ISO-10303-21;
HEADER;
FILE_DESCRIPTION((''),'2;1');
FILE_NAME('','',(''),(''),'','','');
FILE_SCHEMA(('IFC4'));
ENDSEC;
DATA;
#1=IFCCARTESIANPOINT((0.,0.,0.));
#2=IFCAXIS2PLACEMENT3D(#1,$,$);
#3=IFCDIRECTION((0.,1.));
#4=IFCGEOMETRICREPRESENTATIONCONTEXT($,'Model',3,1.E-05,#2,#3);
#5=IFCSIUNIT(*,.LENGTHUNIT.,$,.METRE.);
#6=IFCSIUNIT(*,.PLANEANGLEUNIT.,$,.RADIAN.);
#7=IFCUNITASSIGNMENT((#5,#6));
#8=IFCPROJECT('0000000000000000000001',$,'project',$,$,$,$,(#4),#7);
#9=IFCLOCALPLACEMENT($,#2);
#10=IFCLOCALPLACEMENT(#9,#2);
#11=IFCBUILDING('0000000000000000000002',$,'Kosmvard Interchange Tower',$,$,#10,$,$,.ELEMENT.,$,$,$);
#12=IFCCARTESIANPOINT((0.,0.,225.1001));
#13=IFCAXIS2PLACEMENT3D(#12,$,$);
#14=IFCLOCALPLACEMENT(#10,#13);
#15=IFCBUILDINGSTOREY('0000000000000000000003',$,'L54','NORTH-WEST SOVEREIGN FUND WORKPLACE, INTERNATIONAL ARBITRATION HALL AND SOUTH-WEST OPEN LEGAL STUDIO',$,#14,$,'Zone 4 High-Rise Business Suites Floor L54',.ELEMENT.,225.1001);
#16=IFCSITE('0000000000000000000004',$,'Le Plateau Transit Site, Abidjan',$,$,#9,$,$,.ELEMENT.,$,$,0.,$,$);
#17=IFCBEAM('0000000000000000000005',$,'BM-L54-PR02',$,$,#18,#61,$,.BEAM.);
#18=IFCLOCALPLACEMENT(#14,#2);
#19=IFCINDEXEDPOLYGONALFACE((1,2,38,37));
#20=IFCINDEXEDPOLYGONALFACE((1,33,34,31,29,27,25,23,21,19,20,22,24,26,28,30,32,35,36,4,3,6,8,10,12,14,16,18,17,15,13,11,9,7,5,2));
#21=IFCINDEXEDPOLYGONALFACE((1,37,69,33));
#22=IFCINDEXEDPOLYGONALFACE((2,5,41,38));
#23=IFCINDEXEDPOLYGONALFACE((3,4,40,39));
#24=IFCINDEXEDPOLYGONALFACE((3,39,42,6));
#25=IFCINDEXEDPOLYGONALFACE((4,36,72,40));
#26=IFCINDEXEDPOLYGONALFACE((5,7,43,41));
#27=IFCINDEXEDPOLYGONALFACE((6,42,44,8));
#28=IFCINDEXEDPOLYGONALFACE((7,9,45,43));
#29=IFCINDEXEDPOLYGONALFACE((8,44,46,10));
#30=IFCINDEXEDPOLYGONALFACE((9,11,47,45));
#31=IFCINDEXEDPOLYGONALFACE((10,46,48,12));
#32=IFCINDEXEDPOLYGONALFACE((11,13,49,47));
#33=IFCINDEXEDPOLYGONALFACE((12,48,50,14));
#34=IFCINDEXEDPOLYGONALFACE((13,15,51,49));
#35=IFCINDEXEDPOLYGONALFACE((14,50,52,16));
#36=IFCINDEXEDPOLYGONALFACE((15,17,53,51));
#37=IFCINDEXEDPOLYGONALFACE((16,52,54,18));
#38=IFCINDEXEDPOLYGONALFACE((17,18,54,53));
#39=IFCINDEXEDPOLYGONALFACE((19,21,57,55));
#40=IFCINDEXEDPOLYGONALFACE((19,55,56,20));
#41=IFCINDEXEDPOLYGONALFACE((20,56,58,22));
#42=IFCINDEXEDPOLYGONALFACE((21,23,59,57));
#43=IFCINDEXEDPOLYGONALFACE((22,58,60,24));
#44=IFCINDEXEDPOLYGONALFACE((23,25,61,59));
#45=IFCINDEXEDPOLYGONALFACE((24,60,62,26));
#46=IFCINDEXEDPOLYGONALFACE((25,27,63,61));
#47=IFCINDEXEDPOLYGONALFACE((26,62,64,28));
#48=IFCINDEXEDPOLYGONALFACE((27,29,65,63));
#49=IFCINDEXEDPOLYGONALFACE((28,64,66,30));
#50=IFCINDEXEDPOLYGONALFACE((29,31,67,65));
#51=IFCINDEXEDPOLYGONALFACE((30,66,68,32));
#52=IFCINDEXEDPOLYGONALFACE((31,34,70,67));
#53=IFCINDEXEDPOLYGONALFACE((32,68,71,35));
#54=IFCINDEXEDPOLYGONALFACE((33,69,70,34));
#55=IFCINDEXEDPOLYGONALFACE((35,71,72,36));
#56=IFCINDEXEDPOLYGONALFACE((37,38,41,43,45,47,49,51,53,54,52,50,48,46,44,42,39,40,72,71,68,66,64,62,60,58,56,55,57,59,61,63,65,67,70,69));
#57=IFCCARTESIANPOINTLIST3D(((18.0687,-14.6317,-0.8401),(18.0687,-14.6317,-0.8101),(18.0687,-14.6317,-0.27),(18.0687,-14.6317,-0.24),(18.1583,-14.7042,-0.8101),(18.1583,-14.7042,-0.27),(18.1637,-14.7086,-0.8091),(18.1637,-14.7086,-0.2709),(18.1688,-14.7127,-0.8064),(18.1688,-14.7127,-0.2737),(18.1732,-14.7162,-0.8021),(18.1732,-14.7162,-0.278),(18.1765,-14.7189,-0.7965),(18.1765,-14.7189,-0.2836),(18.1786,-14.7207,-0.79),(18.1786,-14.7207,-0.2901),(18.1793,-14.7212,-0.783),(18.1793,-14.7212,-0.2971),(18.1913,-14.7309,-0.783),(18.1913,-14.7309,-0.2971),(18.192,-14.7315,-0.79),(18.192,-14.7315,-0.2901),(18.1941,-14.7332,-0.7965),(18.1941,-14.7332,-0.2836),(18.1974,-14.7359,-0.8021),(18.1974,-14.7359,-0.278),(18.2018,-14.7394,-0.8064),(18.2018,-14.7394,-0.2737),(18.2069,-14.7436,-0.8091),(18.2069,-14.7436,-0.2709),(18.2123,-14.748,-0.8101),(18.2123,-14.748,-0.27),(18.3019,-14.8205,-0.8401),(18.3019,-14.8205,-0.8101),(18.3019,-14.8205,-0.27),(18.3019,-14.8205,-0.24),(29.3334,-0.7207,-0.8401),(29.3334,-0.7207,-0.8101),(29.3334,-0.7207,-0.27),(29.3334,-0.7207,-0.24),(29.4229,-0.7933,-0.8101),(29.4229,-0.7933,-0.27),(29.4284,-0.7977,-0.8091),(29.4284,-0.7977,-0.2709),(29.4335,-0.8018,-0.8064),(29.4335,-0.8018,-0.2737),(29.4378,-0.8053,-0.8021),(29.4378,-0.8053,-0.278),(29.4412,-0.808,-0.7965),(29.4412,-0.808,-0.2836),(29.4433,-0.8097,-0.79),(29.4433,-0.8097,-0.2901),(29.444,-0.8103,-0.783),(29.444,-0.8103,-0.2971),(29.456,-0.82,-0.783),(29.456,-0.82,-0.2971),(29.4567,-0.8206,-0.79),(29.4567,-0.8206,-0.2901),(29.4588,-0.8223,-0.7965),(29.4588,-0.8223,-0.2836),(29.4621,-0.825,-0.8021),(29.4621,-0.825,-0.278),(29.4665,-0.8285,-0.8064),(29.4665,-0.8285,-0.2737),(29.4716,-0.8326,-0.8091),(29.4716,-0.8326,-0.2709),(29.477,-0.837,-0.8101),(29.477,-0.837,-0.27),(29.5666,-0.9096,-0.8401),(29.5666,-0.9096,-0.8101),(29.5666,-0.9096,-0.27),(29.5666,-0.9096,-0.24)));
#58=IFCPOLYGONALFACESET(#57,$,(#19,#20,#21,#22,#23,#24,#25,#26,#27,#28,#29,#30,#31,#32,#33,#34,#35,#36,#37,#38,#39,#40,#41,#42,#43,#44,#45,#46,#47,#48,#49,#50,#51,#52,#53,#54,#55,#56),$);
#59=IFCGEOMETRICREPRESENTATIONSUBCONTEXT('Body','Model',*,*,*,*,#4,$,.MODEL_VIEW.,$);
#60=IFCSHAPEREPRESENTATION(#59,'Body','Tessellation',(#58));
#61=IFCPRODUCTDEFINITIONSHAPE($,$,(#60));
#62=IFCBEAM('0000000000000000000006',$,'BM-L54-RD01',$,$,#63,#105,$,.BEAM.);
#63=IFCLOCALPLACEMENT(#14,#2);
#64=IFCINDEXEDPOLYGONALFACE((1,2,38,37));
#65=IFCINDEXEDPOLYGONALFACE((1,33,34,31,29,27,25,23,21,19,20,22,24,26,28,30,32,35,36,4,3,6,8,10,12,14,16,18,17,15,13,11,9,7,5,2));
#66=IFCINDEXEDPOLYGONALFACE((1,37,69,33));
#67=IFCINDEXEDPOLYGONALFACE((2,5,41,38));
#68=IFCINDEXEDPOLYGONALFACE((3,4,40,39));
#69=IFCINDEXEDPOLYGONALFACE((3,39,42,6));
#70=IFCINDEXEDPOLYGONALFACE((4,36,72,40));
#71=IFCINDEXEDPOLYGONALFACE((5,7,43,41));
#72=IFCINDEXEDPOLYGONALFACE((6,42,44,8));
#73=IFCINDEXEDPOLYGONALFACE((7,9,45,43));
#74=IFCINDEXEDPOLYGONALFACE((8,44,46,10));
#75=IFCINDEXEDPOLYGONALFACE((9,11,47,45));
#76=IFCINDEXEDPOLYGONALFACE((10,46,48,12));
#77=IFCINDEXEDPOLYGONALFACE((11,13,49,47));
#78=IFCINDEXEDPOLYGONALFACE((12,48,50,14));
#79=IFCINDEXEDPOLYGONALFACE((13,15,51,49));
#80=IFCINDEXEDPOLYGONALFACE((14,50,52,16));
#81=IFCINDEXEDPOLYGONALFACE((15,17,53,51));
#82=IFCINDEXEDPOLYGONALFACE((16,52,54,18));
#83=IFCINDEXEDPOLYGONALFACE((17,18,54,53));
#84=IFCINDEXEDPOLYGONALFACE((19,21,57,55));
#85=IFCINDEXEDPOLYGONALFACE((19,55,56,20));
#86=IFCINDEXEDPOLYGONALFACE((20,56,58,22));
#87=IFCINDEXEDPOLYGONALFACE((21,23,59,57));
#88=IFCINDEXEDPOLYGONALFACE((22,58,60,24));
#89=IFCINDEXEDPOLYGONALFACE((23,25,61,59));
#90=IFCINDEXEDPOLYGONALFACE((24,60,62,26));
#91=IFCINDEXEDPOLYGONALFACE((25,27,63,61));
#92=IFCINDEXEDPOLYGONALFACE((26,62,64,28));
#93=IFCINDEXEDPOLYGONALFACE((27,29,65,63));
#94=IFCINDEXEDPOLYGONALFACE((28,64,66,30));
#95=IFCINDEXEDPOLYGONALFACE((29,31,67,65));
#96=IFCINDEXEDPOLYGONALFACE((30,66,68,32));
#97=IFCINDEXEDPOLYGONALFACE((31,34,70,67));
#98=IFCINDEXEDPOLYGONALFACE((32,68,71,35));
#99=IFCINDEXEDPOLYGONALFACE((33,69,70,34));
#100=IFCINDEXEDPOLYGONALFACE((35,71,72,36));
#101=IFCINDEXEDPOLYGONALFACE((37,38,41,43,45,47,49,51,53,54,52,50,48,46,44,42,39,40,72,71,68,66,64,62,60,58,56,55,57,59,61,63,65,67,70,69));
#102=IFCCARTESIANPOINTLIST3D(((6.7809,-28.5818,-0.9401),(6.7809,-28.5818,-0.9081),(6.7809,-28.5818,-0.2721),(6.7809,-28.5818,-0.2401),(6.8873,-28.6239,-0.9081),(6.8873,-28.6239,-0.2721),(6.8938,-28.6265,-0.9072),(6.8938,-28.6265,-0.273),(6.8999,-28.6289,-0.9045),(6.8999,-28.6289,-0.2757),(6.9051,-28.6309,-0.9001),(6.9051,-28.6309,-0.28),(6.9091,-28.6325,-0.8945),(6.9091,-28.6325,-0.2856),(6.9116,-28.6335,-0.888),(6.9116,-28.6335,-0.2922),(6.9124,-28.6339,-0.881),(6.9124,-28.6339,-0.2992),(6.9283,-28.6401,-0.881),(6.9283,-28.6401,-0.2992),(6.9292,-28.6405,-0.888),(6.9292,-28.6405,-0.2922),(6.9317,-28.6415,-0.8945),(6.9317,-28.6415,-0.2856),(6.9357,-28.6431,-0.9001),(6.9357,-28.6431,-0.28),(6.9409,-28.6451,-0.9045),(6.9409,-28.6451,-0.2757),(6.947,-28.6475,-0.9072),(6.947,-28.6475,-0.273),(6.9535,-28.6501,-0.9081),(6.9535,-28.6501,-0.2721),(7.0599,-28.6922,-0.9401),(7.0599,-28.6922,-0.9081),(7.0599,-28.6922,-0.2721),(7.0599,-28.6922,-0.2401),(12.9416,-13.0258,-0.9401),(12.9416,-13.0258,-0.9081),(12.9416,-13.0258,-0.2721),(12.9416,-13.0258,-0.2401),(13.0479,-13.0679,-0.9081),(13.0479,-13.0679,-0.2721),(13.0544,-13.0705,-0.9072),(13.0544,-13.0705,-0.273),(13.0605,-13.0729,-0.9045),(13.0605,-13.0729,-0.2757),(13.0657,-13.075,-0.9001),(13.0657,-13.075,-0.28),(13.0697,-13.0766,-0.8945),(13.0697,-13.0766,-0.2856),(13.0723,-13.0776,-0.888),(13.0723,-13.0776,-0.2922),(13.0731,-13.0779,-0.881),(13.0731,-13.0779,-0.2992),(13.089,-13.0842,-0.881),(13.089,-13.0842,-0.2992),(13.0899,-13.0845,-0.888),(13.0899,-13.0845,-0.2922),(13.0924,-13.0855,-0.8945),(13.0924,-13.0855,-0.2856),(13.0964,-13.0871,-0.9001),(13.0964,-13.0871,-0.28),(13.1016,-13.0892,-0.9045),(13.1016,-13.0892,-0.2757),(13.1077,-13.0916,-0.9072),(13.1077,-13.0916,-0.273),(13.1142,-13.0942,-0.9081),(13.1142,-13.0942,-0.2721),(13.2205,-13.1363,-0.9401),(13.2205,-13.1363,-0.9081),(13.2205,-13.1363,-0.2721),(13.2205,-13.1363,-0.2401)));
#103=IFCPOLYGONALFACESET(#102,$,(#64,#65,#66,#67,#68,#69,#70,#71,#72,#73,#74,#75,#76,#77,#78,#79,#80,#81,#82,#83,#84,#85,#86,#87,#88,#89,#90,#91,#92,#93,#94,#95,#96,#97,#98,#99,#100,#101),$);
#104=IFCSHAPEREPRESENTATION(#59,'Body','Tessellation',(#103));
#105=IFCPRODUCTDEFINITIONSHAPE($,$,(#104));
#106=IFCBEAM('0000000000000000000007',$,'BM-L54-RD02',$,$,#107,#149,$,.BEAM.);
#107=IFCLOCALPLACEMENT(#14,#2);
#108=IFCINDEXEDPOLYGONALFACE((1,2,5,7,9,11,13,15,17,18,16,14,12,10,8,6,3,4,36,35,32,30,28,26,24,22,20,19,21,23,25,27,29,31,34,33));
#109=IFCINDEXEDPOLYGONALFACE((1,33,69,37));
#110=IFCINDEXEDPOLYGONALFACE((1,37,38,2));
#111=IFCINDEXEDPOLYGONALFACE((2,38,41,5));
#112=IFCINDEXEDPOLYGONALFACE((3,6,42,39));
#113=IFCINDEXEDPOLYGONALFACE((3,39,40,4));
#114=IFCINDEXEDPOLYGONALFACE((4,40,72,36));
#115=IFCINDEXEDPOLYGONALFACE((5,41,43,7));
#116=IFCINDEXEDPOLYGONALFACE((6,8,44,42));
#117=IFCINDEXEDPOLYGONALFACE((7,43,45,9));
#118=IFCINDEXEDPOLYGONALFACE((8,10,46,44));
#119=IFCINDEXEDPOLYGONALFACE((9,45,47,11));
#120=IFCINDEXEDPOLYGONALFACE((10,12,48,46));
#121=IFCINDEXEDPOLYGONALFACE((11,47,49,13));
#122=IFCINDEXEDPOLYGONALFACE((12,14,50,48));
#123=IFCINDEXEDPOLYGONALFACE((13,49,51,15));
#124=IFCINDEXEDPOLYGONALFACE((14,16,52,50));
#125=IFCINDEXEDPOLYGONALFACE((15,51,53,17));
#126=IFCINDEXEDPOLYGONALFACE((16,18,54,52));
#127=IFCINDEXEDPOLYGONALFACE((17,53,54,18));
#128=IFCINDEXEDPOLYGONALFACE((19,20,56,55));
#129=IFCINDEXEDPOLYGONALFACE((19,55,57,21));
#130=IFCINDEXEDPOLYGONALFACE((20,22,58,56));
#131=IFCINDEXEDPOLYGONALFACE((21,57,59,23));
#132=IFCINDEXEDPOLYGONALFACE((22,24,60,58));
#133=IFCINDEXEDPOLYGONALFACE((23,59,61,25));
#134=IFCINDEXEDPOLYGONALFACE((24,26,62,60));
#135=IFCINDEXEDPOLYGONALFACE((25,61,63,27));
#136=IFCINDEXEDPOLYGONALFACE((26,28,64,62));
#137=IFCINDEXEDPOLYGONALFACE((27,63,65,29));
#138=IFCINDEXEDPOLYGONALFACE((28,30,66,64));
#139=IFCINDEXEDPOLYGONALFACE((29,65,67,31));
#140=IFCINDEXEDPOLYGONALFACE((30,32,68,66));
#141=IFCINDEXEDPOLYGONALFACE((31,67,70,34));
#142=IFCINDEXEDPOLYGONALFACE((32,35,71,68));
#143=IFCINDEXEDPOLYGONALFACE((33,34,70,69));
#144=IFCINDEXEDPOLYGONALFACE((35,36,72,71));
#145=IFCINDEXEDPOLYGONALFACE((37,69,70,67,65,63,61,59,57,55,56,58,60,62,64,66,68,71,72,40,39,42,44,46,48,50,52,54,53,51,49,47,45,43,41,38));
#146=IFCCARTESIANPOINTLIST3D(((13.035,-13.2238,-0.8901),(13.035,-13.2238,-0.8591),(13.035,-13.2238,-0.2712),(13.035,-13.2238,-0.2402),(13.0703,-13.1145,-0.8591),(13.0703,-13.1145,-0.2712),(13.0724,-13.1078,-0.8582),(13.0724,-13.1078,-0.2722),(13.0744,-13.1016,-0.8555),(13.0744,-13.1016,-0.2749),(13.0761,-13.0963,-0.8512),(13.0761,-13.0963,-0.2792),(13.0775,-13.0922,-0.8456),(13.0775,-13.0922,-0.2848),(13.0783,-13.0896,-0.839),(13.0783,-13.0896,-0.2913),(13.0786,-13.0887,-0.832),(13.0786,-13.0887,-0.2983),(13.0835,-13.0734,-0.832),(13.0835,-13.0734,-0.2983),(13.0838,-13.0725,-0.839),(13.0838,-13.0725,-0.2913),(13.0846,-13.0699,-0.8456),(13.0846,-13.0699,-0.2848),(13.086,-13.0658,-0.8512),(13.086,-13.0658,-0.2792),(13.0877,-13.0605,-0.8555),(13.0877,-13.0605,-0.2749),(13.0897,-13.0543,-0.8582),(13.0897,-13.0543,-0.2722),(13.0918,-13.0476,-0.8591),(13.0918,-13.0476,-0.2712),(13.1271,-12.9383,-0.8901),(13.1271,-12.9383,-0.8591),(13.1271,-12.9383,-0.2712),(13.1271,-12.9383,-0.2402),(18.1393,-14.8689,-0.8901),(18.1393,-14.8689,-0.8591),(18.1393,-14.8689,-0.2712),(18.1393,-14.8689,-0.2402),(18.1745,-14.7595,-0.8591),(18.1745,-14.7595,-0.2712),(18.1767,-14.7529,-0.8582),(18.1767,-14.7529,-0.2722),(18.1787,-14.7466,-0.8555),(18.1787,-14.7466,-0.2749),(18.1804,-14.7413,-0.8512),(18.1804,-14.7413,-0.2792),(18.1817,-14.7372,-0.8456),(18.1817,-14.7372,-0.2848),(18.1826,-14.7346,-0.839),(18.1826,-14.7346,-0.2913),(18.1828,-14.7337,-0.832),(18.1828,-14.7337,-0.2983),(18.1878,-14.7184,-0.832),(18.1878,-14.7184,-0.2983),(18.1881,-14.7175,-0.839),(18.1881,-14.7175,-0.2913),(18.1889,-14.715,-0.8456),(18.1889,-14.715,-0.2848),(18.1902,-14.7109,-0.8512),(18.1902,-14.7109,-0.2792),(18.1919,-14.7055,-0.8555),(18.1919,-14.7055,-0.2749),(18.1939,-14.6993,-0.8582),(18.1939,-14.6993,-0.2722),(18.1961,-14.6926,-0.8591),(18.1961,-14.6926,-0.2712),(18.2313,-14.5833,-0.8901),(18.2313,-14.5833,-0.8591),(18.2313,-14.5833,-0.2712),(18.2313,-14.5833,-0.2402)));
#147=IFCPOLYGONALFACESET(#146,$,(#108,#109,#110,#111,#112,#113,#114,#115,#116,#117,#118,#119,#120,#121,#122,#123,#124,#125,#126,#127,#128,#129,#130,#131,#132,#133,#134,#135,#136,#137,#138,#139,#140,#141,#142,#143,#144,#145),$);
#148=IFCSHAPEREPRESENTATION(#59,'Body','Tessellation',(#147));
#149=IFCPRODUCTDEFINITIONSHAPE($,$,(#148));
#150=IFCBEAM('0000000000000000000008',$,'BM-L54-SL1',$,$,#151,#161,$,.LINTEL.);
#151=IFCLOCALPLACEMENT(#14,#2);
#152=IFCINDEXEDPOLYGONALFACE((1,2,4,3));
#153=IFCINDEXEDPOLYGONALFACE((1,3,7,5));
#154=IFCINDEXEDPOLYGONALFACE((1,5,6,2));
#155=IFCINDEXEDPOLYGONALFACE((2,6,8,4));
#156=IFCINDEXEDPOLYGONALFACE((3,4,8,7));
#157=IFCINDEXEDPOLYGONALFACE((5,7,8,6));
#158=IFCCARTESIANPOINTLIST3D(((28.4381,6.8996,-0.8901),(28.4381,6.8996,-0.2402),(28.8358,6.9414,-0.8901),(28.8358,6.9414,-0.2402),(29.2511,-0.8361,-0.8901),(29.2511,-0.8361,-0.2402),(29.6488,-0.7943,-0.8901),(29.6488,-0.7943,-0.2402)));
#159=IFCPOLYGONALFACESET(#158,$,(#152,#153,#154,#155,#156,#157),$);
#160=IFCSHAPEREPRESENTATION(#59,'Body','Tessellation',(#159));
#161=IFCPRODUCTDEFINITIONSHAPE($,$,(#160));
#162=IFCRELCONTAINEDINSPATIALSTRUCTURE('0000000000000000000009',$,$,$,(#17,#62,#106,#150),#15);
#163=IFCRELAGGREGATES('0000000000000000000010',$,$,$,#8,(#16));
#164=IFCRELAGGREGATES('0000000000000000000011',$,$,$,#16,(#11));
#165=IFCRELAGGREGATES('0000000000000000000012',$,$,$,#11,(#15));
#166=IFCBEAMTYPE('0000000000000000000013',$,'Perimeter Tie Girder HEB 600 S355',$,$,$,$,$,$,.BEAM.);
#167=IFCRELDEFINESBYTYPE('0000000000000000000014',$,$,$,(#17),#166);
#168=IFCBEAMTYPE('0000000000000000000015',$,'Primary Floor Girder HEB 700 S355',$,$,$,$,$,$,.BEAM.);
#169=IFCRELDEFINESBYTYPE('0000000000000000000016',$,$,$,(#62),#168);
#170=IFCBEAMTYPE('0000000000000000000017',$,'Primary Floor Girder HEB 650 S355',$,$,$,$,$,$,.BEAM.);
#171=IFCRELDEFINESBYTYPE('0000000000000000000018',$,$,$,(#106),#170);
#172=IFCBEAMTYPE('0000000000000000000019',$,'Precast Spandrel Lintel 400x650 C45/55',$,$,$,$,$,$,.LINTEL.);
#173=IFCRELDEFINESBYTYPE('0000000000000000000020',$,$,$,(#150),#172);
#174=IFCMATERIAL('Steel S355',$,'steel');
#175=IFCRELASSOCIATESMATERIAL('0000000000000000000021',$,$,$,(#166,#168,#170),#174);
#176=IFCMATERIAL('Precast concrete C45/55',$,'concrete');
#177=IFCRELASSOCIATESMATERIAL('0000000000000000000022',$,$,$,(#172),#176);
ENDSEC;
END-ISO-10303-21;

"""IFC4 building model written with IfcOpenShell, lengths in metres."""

from ifc_helpers import new_model, si_unit, direction, frame, origin, origin_2d, place, context, subcontext, project, spatial, rectangle, i_section, extrude, source, transform, mapped, material, material_profile, profile_set, type_object, element, save


model = new_model("IFC4")

# Units and contexts
model_context = context("Model", 3, precision=1e-05, world=origin(), true_north=direction((0.0, 1.0)))
body_context = subcontext(model_context, "Body", "Model", "MODEL_VIEW")
ifc_project = project(units=[si_unit("LENGTHUNIT", "METRE"), si_unit("PLANEANGLEUNIT", "RADIAN")], contexts=[model_context])

# Site, building, storey
site_placement = place(None, origin())
site = spatial("IfcSite", under=ifc_project, at=site_placement, Name="Le Plateau Transit Site, Abidjan", CompositionType="ELEMENT", RefElevation=0.0)
building_placement = place(site_placement, origin())
building = spatial("IfcBuilding", under=site, at=building_placement, Name="Kosmvard Interchange Tower", CompositionType="ELEMENT")
storey_placement = place(building_placement, frame((0.0, 0.0, 225.1001)))
storey = spatial("IfcBuildingStorey", under=building, at=storey_placement, Name="L54", Description="NORTH-WEST SOVEREIGN FUND WORKPLACE, INTERNATIONAL ARBITRATION HALL AND SOUTH-WEST OPEN LEGAL STUDIO", LongName="Zone 4 High-Rise Business Suites Floor L54", CompositionType="ELEMENT", Elevation=225.1001)

# Beams
ifc_material_1 = material(Name="Steel S355", Category="steel")
ifc_material_profile_1 = material_profile(ifc_material_1, i_section(OverallWidth=0.3, OverallDepth=0.6001, WebThickness=0.0154, FlangeThickness=0.03, FilletRadius=0.0271, at=origin_2d()), Name="HEB 600")
ifc_profile_set_1 = profile_set([ifc_material_profile_1], Name="Steel S355")
beam_type_1 = type_object("IfcBeamType", Name="Perimeter Tie Girder HEB 600 S355", PredefinedType="BEAM", material=ifc_profile_set_1)
shared_shape_1 = source(origin(), body_context, "Body", "SweptSolid", [
    extrude(i_section(OverallWidth=0.3, OverallDepth=0.6001, WebThickness=0.0154, FlangeThickness=0.03, FilletRadius=0.0271, at=origin_2d()), origin(), (0.0, 0.0, 1.0), 17.8999),
])
beam_1_placement = place(storey_placement, frame((18.1853, -14.7261, -0.54), z_axis=(0.629315, 0.777151, 0.0), x_axis=(-0.777151, 0.629315, 0.0)))
element("IfcBeam", 1, at=beam_1_placement, inside=storey, type_object=beam_type_1, Name="BM-L54-PR02", PredefinedType="BEAM", context=body_context, shape_type="MappedRepresentation", body=[
    mapped(shared_shape_1, transform((0.0, 0.0, 0.0), scale=1.0)),
])
ifc_material_profile_2 = material_profile(ifc_material_1, i_section(OverallWidth=0.3, OverallDepth=0.7, WebThickness=0.0171, FlangeThickness=0.032, FilletRadius=0.0271, at=origin_2d()), Name="HEB 700")
ifc_profile_set_2 = profile_set([ifc_material_profile_2], Name="Steel S355")
beam_type_2 = type_object("IfcBeamType", Name="Primary Floor Girder HEB 700 S355", PredefinedType="BEAM", material=ifc_profile_set_2)
shared_shape_2 = source(origin(), body_context, "Body", "SweptSolid", [
    extrude(i_section(OverallWidth=0.3, OverallDepth=0.7, WebThickness=0.0171, FlangeThickness=0.032, FilletRadius=0.0271, at=origin_2d()), origin(), (0.0, 0.0, 1.0), 16.7314),
])
beam_2_placement = place(storey_placement, frame((13.0811, -13.0811, -0.5901), z_axis=(-0.368209, -0.929743, 0.0), x_axis=(0.929743, -0.368209, 0.0)))
element("IfcBeam", 2, at=beam_2_placement, inside=storey, type_object=beam_type_2, Name="BM-L54-RD01", PredefinedType="BEAM", context=body_context, shape_type="MappedRepresentation", body=[
    mapped(shared_shape_2, transform((0.0, 0.0, 0.0), scale=1.0)),
])
ifc_material_profile_3 = material_profile(ifc_material_1, i_section(OverallWidth=0.3, OverallDepth=0.6499, WebThickness=0.0161, FlangeThickness=0.031, FilletRadius=0.0271, at=origin_2d()), Name="HEB 650")
ifc_profile_set_3 = profile_set([ifc_material_profile_3], Name="Steel S355")
beam_type_3 = type_object("IfcBeamType", Name="Primary Floor Girder HEB 650 S355", PredefinedType="BEAM", material=ifc_profile_set_3)
shared_shape_3 = source(origin(), body_context, "Body", "SweptSolid", [
    extrude(i_section(OverallWidth=0.3, OverallDepth=0.6499, WebThickness=0.0161, FlangeThickness=0.031, FilletRadius=0.0271, at=origin_2d()), origin(), (0.0, 0.0, 1.0), 5.3628),
])
beam_3_placement = place(storey_placement, frame((13.0811, -13.0811, -0.5652), z_axis=(0.951791, -0.306747, 0.0), x_axis=(0.306747, 0.951791, 0.0)))
element("IfcBeam", 3, at=beam_3_placement, inside=storey, type_object=beam_type_3, Name="BM-L54-RD02", PredefinedType="BEAM", context=body_context, shape_type="MappedRepresentation", body=[
    mapped(shared_shape_3, transform((0.0, 0.0, 0.0), scale=1.0)),
])
ifc_material_2 = material(Name="Precast concrete C45/55", Category="concrete")
ifc_material_profile_4 = material_profile(ifc_material_2, rectangle(XDim=0.3999, YDim=0.6499, at=origin_2d()), Name="SL 400x650")
ifc_profile_set_4 = profile_set([ifc_material_profile_4], Name="Precast concrete C45/55")
beam_type_4 = type_object("IfcBeamType", Name="Precast Spandrel Lintel 400x650 C45/55", PredefinedType="LINTEL", material=ifc_profile_set_4)
shared_shape_4 = source(origin(), body_context, "Body", "SweptSolid", [
    extrude(rectangle(XDim=0.3999, YDim=0.6499, at=origin_2d()), origin(), (0.0, 0.0, 1.0), 7.7783),
])
beam_4_placement = place(storey_placement, frame((29.45, -0.8152, -0.5652), z_axis=(-0.104521, 0.994523, 0.0), x_axis=(-0.994523, -0.104521, 0.0)))
element("IfcBeam", 4, at=beam_4_placement, inside=storey, type_object=beam_type_4, Name="BM-L54-SL1", PredefinedType="LINTEL", context=body_context, shape_type="MappedRepresentation", body=[
    mapped(shared_shape_4, transform((0.0, 0.0, 0.0), scale=1.0)),
])

save(model, "model.ifc")
